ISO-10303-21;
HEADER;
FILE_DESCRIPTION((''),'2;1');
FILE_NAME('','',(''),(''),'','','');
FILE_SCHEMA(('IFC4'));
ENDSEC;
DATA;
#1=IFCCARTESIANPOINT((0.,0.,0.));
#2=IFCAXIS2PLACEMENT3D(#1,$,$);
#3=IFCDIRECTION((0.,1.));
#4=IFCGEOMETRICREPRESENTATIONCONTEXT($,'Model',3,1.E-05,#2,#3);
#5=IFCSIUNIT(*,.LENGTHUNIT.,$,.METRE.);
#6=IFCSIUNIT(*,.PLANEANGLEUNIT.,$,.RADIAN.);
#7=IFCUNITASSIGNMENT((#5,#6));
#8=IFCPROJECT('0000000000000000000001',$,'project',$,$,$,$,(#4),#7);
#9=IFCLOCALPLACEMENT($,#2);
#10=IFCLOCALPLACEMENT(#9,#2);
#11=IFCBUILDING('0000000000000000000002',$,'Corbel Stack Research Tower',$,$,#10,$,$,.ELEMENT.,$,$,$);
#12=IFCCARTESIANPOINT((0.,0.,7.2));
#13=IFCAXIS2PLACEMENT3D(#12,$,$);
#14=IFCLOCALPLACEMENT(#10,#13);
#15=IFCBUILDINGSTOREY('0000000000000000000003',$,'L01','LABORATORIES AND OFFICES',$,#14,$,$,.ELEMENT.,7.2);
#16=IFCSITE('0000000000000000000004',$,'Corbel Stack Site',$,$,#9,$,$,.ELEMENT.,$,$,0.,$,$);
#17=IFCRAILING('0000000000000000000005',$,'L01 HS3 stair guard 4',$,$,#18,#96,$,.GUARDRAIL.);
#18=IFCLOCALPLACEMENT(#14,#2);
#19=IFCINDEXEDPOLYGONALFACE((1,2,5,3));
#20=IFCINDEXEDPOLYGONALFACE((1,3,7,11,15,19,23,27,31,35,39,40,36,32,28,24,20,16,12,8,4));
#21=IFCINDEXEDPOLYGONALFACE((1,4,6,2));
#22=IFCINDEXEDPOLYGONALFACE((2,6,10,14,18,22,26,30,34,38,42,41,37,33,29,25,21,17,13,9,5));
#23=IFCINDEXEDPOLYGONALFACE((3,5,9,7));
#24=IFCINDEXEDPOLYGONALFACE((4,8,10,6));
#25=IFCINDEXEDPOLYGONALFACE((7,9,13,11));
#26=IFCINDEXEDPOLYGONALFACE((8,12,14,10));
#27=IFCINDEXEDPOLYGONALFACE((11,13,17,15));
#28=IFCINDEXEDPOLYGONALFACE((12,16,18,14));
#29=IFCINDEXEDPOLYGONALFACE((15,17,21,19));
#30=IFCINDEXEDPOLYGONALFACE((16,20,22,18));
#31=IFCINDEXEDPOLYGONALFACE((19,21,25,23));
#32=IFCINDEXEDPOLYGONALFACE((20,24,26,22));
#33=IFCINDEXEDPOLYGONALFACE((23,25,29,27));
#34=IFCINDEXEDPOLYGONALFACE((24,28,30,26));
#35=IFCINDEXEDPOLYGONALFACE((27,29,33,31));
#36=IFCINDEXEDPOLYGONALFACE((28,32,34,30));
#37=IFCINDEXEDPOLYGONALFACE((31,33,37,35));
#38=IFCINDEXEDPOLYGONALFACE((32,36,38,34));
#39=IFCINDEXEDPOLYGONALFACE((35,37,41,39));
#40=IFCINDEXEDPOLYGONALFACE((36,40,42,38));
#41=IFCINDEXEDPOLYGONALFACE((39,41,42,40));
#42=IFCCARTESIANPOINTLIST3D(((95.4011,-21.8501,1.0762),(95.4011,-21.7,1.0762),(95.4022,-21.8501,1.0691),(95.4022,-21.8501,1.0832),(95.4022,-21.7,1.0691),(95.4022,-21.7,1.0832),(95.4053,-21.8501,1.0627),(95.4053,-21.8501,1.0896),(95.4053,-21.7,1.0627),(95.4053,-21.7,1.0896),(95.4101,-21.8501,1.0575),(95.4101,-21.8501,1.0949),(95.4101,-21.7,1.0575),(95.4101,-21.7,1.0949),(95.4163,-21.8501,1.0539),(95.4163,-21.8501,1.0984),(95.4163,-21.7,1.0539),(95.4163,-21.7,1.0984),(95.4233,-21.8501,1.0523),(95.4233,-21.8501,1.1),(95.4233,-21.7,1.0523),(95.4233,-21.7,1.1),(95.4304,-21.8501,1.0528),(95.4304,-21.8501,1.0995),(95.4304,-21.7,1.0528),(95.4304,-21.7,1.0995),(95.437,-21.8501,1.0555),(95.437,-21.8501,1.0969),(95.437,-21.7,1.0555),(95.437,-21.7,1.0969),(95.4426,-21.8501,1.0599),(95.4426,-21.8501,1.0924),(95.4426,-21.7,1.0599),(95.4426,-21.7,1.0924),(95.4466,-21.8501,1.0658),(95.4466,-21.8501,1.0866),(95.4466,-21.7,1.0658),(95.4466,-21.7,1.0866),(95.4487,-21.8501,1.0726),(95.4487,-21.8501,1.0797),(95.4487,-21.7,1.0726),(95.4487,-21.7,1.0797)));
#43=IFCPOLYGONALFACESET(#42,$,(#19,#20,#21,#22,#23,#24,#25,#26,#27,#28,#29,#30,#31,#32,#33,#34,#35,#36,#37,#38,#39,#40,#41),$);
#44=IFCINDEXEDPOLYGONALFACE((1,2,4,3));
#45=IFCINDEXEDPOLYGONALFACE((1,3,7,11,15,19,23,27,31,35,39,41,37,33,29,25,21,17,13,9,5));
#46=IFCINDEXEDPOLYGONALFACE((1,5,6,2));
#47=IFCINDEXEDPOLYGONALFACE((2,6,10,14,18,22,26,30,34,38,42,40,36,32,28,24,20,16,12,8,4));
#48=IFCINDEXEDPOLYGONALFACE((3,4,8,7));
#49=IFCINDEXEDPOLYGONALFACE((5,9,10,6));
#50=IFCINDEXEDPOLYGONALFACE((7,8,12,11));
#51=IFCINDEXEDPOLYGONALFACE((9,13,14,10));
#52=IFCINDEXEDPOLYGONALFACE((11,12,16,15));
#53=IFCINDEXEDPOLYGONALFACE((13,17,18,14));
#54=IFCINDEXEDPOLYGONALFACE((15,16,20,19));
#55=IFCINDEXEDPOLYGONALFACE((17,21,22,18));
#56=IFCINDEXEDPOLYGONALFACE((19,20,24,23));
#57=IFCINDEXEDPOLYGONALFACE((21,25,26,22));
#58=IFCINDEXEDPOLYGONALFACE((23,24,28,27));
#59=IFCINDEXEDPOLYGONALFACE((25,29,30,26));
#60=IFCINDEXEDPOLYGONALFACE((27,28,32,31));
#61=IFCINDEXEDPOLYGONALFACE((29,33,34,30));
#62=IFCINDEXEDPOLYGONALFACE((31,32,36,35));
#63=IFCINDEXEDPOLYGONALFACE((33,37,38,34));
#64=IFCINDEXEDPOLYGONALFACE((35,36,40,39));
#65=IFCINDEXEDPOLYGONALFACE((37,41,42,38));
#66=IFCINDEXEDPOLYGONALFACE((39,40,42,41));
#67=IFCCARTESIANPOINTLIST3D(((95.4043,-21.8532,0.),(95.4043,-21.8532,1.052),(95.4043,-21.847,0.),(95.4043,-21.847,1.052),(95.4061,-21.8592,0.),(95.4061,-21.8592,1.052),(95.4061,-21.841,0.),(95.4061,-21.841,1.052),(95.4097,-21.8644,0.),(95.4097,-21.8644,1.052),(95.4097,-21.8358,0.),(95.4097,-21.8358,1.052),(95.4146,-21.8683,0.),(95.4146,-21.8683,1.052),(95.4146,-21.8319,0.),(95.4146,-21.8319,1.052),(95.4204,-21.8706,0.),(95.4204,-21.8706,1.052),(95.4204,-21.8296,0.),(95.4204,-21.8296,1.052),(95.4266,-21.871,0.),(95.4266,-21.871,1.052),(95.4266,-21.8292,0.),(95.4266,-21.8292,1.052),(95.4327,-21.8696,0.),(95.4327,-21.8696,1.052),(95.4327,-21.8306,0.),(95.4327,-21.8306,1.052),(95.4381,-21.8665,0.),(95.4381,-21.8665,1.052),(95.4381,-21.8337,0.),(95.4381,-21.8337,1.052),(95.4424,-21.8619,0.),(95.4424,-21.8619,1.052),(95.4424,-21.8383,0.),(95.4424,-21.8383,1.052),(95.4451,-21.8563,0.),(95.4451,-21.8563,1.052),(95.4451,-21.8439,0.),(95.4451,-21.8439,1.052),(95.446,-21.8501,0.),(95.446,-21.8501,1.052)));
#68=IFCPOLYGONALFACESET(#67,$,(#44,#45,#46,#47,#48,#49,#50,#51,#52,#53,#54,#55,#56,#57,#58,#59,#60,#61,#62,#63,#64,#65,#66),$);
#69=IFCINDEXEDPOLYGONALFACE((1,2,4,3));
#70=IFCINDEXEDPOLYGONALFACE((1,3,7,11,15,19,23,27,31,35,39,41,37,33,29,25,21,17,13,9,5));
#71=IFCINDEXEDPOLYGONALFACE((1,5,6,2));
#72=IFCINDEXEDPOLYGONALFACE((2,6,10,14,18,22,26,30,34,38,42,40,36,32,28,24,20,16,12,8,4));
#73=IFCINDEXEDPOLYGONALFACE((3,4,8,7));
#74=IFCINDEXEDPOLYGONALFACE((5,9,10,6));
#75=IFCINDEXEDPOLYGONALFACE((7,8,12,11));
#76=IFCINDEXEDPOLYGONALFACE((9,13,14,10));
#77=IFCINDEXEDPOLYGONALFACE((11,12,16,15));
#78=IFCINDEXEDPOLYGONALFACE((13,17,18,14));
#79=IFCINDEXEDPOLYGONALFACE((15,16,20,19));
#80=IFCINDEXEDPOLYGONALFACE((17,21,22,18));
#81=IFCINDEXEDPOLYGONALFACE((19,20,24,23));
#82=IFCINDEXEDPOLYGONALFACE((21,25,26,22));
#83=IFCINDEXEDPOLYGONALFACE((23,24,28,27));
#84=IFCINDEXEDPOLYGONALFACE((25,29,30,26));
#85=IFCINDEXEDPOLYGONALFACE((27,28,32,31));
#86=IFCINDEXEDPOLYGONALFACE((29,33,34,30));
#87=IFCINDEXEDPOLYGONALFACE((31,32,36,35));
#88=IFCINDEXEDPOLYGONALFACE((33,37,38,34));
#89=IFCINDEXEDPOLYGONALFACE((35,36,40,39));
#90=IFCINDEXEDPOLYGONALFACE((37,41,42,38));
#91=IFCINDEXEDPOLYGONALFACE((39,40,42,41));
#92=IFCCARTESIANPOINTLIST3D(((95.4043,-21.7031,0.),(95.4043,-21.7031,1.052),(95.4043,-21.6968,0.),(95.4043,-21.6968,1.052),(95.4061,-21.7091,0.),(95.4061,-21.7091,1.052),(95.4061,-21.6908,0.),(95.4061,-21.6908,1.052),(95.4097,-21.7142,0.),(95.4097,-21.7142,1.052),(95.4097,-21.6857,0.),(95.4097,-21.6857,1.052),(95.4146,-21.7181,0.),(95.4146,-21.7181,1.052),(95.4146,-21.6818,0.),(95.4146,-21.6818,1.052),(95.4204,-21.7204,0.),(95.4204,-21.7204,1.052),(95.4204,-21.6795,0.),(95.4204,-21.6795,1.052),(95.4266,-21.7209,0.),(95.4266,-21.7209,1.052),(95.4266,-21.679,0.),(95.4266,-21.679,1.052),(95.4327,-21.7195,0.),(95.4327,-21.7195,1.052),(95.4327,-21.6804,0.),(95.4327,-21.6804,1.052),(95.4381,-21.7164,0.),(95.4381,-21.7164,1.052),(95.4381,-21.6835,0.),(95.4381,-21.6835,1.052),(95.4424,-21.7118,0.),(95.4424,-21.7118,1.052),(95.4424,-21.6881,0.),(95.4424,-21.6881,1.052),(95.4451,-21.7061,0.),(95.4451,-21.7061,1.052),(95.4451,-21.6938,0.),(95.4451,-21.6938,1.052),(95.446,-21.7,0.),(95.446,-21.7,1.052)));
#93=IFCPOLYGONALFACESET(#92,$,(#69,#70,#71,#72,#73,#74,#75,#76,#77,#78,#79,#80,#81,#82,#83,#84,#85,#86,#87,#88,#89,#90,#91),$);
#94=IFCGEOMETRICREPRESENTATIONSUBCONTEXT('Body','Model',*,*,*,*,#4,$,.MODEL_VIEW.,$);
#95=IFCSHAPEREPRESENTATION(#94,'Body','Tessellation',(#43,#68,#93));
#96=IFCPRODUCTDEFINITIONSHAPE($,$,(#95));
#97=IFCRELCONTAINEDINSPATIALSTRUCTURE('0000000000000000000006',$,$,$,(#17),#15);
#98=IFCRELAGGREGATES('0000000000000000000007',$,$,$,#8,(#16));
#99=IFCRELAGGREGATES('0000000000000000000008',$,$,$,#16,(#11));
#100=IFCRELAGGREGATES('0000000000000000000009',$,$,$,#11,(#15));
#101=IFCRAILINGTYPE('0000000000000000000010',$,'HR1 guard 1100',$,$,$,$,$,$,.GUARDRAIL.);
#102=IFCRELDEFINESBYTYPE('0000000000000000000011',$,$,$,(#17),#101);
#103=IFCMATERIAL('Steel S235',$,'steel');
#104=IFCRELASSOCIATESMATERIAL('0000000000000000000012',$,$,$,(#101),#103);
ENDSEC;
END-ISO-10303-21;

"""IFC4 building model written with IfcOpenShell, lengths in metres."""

from ifc_helpers import new_model, si_unit, direction, frame, origin, origin_2d, place, context, subcontext, project, spatial, circle, extrude, material, type_object, element, save


model = new_model("IFC4")

# Units and contexts
model_context = context("Model", 3, precision=1e-05, world=origin(), true_north=direction((0.0, 1.0)))
body_context = subcontext(model_context, "Body", "Model", "MODEL_VIEW")
ifc_project = project(units=[si_unit("LENGTHUNIT", "METRE"), si_unit("PLANEANGLEUNIT", "RADIAN")], contexts=[model_context])

# Site, building, storey
site_placement = place(None, origin())
site = spatial("IfcSite", under=ifc_project, at=site_placement, Name="Corbel Stack Site", CompositionType="ELEMENT", RefElevation=0.0)
building_placement = place(site_placement, origin())
building = spatial("IfcBuilding", under=site, at=building_placement, Name="Corbel Stack Research Tower", CompositionType="ELEMENT")
storey_placement = place(building_placement, frame((0.0, 0.0, 7.2)))
storey = spatial("IfcBuildingStorey", under=building, at=storey_placement, Name="L01", Description="LABORATORIES AND OFFICES", CompositionType="ELEMENT", Elevation=7.2)

# Railing
ifc_material_1 = material(Name="Steel S235", Category="steel")
railing_type_1 = type_object("IfcRailingType", Name="HR1 guard 1100", PredefinedType="GUARDRAIL", material=ifc_material_1)
railing_1_placement = place(storey_placement, frame((95.425, -21.8501, 0.0)))
element("IfcRailing", 1, at=railing_1_placement, inside=storey, type_object=railing_type_1, Name="L01 HS3 stair guard 4", PredefinedType="GUARDRAIL", context=body_context, shape_type="SweptSolid", body=[
    extrude(circle(Radius=0.0239, at=origin_2d()), frame((0.0, 0.0, 1.0762), z_axis=(0.0, 1.0, 0.0), x_axis=(-1.0, 0.0, 0.0)), (0.0, 0.0, 1.0), 0.1501),
    extrude(circle(Radius=0.021, at=origin_2d()), origin(), (0.0, 0.0, 1.0), 1.052),
    extrude(circle(Radius=0.021, at=origin_2d()), frame((0.0, 0.1501, 0.0)), (0.0, 0.0, 1.0), 1.052),
])

save(model, "model.ifc")
